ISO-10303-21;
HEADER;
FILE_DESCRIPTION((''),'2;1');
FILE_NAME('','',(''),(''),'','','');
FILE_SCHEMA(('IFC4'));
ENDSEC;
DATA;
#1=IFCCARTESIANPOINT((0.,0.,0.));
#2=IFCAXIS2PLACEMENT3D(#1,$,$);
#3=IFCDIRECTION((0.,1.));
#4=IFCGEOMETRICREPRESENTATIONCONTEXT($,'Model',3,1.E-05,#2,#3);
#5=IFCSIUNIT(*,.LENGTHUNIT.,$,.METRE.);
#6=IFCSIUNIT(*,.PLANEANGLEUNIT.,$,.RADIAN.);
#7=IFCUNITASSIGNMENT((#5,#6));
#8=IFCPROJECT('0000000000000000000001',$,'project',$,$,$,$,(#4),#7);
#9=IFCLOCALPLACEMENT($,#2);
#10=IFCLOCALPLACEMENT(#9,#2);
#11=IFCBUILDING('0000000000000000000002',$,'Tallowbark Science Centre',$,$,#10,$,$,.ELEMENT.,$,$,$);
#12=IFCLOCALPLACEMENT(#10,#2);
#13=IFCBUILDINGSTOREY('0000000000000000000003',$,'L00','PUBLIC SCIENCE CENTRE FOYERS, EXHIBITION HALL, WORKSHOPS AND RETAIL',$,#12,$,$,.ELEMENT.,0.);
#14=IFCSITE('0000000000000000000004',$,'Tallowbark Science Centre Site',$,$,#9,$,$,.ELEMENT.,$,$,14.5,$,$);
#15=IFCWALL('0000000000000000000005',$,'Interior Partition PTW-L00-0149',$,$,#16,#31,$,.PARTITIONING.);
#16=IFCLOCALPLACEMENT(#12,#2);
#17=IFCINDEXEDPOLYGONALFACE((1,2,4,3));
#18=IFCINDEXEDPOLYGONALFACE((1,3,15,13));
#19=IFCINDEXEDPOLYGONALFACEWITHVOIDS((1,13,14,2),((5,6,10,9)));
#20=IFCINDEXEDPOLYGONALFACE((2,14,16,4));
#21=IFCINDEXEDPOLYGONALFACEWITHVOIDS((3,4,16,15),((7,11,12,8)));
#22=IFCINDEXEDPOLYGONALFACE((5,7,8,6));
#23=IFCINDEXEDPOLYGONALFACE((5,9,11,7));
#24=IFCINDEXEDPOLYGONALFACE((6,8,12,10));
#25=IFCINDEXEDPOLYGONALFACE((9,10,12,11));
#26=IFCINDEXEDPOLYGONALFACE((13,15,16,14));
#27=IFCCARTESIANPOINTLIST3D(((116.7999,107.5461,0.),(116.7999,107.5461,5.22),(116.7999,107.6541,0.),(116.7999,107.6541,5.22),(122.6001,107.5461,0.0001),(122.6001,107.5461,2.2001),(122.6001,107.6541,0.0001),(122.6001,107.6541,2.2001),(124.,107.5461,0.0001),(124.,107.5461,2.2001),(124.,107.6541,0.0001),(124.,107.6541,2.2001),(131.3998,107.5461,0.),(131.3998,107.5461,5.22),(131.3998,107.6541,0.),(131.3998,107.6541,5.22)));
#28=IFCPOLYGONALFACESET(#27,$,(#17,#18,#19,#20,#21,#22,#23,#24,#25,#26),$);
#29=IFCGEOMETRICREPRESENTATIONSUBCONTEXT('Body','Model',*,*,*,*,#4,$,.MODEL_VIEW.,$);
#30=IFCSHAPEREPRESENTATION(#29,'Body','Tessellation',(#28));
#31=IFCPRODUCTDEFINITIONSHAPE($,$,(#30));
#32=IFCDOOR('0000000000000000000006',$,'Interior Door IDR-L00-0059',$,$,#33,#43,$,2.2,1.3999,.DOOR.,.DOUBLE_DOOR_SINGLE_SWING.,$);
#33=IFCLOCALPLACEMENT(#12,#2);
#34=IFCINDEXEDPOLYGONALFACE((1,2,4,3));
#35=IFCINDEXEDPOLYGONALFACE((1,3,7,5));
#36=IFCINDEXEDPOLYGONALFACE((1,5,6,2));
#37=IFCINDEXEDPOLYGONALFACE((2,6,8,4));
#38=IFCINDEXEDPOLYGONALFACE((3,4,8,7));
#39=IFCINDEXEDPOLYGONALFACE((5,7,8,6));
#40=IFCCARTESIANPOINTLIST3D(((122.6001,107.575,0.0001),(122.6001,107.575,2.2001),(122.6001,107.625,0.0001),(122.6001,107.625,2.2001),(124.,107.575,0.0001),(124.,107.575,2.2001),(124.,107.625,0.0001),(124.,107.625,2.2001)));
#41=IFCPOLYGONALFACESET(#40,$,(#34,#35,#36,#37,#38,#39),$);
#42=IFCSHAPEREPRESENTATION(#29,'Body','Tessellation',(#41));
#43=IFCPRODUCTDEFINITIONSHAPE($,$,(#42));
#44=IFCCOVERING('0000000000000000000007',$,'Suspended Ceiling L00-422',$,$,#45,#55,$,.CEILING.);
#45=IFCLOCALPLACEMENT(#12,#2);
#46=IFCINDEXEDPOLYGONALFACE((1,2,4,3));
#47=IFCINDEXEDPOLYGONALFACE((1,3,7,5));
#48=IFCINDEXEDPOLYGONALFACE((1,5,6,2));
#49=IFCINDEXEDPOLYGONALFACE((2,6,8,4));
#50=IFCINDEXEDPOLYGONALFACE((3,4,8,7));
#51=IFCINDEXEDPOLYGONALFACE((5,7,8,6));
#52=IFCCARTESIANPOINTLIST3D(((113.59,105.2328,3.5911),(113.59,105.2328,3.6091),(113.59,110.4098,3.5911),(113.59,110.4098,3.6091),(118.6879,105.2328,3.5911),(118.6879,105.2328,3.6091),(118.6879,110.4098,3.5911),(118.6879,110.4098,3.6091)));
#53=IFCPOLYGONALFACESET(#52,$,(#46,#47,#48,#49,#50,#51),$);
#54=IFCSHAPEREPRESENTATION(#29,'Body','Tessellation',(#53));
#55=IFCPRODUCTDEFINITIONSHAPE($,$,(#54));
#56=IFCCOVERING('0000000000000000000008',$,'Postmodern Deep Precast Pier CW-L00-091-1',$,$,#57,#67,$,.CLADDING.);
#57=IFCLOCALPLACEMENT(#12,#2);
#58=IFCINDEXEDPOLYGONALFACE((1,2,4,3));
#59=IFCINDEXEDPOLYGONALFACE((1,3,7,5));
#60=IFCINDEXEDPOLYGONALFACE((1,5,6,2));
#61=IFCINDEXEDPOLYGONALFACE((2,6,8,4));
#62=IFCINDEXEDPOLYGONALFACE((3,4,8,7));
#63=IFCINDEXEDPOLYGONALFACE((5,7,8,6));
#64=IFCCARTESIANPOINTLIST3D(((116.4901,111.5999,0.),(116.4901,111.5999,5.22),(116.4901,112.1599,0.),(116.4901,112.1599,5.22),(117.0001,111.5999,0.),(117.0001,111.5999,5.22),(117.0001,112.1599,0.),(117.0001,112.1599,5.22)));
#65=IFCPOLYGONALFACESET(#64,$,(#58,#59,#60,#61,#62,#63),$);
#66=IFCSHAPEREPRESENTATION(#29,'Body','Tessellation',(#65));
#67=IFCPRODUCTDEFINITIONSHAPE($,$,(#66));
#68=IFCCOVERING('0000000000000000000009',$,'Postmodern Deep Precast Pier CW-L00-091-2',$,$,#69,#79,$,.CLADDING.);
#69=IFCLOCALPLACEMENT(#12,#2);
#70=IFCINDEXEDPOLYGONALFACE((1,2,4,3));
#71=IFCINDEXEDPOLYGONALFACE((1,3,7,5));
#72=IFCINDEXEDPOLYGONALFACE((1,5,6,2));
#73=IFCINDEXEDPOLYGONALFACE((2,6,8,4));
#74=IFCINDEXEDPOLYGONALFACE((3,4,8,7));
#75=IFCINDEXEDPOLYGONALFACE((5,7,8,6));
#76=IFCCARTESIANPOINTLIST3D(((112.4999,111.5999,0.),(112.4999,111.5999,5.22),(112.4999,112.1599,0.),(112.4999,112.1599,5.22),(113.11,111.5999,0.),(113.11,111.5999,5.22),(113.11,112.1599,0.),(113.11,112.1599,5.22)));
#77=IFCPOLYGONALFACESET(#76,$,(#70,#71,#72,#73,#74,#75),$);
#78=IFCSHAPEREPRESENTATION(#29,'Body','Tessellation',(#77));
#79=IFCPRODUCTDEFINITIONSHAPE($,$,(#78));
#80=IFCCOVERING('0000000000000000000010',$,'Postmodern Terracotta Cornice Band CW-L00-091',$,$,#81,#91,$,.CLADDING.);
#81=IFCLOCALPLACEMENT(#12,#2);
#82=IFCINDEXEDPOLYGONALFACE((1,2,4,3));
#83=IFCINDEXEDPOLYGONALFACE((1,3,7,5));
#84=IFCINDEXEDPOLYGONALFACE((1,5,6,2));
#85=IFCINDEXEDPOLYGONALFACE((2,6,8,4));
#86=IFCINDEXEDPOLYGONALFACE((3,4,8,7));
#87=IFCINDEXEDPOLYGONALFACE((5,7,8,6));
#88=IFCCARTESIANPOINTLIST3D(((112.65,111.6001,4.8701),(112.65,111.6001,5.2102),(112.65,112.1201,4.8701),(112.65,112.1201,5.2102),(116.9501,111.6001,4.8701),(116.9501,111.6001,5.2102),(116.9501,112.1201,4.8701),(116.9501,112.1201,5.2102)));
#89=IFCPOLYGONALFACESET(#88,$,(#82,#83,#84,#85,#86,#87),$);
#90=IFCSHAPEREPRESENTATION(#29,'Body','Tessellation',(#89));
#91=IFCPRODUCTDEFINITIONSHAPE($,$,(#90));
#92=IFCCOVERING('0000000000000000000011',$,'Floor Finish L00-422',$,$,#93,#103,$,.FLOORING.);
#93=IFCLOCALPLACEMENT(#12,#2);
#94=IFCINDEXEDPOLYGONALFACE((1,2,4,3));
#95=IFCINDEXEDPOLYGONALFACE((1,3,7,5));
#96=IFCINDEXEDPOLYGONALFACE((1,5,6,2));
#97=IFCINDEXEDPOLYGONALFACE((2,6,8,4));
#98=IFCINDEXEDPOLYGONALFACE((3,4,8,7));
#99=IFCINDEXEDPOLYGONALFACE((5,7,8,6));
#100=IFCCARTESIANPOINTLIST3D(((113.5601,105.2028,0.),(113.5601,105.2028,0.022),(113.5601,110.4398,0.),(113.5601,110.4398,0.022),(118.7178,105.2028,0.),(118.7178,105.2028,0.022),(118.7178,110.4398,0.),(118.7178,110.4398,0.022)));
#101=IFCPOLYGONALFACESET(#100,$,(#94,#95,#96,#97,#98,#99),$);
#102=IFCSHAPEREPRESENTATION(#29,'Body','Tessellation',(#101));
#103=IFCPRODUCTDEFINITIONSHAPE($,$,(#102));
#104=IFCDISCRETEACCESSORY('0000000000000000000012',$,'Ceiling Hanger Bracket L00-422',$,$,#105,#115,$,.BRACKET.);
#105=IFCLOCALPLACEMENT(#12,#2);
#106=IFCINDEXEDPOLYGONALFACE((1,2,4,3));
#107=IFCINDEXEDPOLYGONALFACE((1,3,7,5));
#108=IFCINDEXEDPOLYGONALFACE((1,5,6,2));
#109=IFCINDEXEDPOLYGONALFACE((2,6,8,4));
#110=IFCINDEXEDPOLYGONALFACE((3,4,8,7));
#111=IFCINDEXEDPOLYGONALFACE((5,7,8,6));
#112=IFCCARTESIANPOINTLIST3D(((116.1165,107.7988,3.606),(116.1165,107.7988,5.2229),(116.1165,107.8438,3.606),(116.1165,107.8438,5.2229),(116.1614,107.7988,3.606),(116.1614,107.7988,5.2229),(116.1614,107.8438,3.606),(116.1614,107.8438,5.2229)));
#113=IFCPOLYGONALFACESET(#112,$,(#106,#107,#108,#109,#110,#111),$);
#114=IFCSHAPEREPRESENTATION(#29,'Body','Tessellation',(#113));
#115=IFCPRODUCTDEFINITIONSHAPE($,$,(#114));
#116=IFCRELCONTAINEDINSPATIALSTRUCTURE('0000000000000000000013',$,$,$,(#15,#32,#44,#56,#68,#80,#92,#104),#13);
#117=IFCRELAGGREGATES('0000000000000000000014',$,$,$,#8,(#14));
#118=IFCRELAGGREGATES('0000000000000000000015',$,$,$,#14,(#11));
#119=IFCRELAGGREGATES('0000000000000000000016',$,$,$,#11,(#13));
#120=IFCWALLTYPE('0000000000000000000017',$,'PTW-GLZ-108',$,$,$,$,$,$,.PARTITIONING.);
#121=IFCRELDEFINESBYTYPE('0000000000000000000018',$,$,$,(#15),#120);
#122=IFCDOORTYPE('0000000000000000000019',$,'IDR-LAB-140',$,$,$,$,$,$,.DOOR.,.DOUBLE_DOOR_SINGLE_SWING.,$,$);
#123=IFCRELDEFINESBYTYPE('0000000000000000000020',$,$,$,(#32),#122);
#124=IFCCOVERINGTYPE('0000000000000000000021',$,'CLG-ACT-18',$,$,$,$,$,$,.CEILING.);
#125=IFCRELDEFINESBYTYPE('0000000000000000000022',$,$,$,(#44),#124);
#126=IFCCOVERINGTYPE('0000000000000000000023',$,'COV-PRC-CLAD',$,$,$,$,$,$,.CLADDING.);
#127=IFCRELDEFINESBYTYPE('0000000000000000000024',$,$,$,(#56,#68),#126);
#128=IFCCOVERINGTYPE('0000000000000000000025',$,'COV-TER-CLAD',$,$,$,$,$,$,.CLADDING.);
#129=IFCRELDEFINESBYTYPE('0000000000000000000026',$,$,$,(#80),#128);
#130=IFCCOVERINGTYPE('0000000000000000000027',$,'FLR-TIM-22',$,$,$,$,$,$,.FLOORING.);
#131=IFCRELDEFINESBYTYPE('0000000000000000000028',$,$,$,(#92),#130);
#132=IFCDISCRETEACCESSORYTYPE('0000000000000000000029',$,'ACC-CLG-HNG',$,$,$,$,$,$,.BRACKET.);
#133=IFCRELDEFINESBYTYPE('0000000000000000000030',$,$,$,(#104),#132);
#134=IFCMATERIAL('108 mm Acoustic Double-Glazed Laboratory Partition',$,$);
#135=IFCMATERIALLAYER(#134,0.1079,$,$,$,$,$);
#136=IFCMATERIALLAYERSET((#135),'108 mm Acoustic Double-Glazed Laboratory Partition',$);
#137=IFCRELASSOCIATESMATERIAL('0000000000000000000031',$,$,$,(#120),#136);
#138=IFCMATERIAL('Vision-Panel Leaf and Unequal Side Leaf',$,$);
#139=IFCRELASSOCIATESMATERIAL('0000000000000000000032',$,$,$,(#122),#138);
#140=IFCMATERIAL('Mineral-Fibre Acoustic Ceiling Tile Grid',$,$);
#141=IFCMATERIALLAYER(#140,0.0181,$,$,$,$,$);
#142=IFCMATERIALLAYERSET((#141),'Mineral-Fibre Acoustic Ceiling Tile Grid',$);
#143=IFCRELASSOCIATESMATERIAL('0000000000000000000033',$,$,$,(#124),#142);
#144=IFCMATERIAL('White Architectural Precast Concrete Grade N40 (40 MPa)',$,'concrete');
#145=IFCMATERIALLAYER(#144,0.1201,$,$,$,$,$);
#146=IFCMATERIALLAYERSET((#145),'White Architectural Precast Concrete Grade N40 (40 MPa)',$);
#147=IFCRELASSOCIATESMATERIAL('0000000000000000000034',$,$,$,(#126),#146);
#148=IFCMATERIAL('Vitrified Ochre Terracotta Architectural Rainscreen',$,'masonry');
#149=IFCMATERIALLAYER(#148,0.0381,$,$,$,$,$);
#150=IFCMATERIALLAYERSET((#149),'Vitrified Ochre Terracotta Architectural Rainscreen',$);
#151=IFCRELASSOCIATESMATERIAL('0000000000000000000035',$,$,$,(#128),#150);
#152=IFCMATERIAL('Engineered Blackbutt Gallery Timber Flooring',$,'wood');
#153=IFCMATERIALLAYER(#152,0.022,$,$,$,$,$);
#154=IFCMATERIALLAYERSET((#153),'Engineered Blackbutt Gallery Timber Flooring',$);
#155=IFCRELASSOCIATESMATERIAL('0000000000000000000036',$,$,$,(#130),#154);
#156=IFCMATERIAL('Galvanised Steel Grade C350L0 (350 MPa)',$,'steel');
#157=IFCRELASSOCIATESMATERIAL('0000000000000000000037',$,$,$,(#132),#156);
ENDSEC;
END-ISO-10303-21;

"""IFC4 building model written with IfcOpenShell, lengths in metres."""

from ifc_helpers import new_model, si_unit, direction, frame, frame_2d, origin, origin_2d, place, context, subcontext, project, spatial, rectangle, extrude, material, layer, layer_set, type_object, element, fill, save


model = new_model("IFC4")

# Units and contexts
model_context = context("Model", 3, precision=1e-05, world=origin(), true_north=direction((0.0, 1.0)))
body_context = subcontext(model_context, "Body", "Model", "MODEL_VIEW")
ifc_project = project(units=[si_unit("LENGTHUNIT", "METRE"), si_unit("PLANEANGLEUNIT", "RADIAN")], contexts=[model_context])

# Site, building, storey
site_placement = place(None, origin())
site = spatial("IfcSite", under=ifc_project, at=site_placement, Name="Tallowbark Science Centre Site", CompositionType="ELEMENT", RefElevation=14.5)
building_placement = place(site_placement, origin())
building = spatial("IfcBuilding", under=site, at=building_placement, Name="Tallowbark Science Centre", CompositionType="ELEMENT")
storey_placement = place(building_placement, origin())
storey = spatial("IfcBuildingStorey", under=building, at=storey_placement, Name="L00", Description="PUBLIC SCIENCE CENTRE FOYERS, EXHIBITION HALL, WORKSHOPS AND RETAIL", CompositionType="ELEMENT", Elevation=0.0)

# Wall, opening, door
ifc_material_1 = material(Name="108 mm Acoustic Double-Glazed Laboratory Partition")
ifc_layer_1 = layer(ifc_material_1, 0.1079)
ifc_layer_set_1 = layer_set([ifc_layer_1], Name="108 mm Acoustic Double-Glazed Laboratory Partition")
wall_type_1 = type_object("IfcWallType", Name="PTW-GLZ-108", PredefinedType="PARTITIONING", material=ifc_layer_set_1)
wall_1_placement = place(storey_placement, frame((116.8, 107.6001, 0.0), z_axis=(0.0, 0.0, 1.0), x_axis=(1.0, 0.0, 0.0)))
wall_1 = element("IfcWall", 1, at=wall_1_placement, inside=storey, type_object=wall_type_1, Name="Interior Partition PTW-L00-0149", PredefinedType="PARTITIONING", context=body_context, shape_type="SweptSolid", body=[
    extrude(rectangle(XDim=14.5999, YDim=0.1079, at=frame_2d((7.2998, 0.0))), origin(), (0.0, 0.0, 1.0), 5.22),
])
opening_1_placement = place(wall_1_placement, frame((5.8, 0.0, 0.0)))
opening_1 = element("IfcOpeningElement", 2, at=opening_1_placement, cuts=wall_1, PredefinedType="OPENING", context=body_context, shape_type="SweptSolid", body=[
    extrude(rectangle(XDim=1.3999, YDim=2.2, at=frame_2d((0.7, 1.1001))), frame((0.0, 0.064, 0.0), z_axis=(0.0, -1.0, 0.0), x_axis=(1.0, 0.0, 0.0)), (0.0, 0.0, 1.0), 0.1279),
])
ifc_material_2 = material(Name="Vision-Panel Leaf and Unequal Side Leaf")
door_type_1 = type_object("IfcDoorType", Name="IDR-LAB-140", OperationType="DOUBLE_DOOR_SINGLE_SWING", PredefinedType="DOOR", material=ifc_material_2)
door_1_placement = place(opening_1_placement, origin())
door_1 = element("IfcDoor", 3, at=door_1_placement, inside=storey, type_object=door_type_1, Name="Interior Door IDR-L00-0059", OperationType="DOUBLE_DOOR_SINGLE_SWING", OverallHeight=2.2, OverallWidth=1.3999, PredefinedType="DOOR", context=body_context, shape_type="SweptSolid", body=[
    extrude(rectangle(XDim=1.3999, YDim=2.2, at=frame_2d((0.7, 1.1001))), frame((0.0, 0.0249, 0.0), z_axis=(0.0, -1.0, 0.0), x_axis=(1.0, 0.0, 0.0)), (0.0, 0.0, 1.0), 0.05),
])
fill(opening_1, door_1)

# Coverings
ifc_material_3 = material(Name="Mineral-Fibre Acoustic Ceiling Tile Grid")
ifc_layer_2 = layer(ifc_material_3, 0.0181)
ifc_layer_set_2 = layer_set([ifc_layer_2], Name="Mineral-Fibre Acoustic Ceiling Tile Grid")
covering_type_1 = type_object("IfcCoveringType", Name="CLG-ACT-18", PredefinedType="CEILING", material=ifc_layer_set_2)
covering_1_placement = place(storey_placement, frame((116.1389, 107.8213, 3.5911), z_axis=(0.0, 0.0, 1.0), x_axis=(1.0, 0.0, 0.0)))
element("IfcCovering", 4, at=covering_1_placement, inside=storey, type_object=covering_type_1, Name="Suspended Ceiling L00-422", PredefinedType="CEILING", context=body_context, shape_type="SweptSolid", body=[
    extrude(rectangle(XDim=5.0979, YDim=5.177, at=origin_2d()), origin(), (0.0, 0.0, 1.0), 0.0181),
])
ifc_material_4 = material(Name="White Architectural Precast Concrete Grade N40 (40 MPa)", Category="concrete")
ifc_layer_3 = layer(ifc_material_4, 0.1201)
ifc_layer_set_3 = layer_set([ifc_layer_3], Name="White Architectural Precast Concrete Grade N40 (40 MPa)")
covering_type_2 = type_object("IfcCoveringType", Name="COV-PRC-CLAD", PredefinedType="CLADDING", material=ifc_layer_set_3)
covering_2_placement = place(storey_placement, frame((116.7451, 111.8799, 0.0), z_axis=(0.0, 0.0, 1.0), x_axis=(-1.0, 0.0, 0.0)))
element("IfcCovering", 5, at=covering_2_placement, inside=storey, type_object=covering_type_2, Name="Postmodern Deep Precast Pier CW-L00-091-1", PredefinedType="CLADDING", context=body_context, shape_type="SweptSolid", body=[
    extrude(rectangle(XDim=0.51, YDim=0.5601, at=origin_2d()), origin(), (0.0, 0.0, 1.0), 5.22),
])
covering_3_placement = place(storey_placement, frame((112.8049, 111.8799, 0.0), z_axis=(0.0, 0.0, 1.0), x_axis=(-1.0, 0.0, 0.0)))
element("IfcCovering", 6, at=covering_3_placement, inside=storey, type_object=covering_type_2, Name="Postmodern Deep Precast Pier CW-L00-091-2", PredefinedType="CLADDING", context=body_context, shape_type="SweptSolid", body=[
    extrude(rectangle(XDim=0.6101, YDim=0.5601, at=origin_2d()), origin(), (0.0, 0.0, 1.0), 5.22),
])
ifc_material_5 = material(Name="Vitrified Ochre Terracotta Architectural Rainscreen", Category="masonry")
ifc_layer_4 = layer(ifc_material_5, 0.0381)
ifc_layer_set_4 = layer_set([ifc_layer_4], Name="Vitrified Ochre Terracotta Architectural Rainscreen")
covering_type_3 = type_object("IfcCoveringType", Name="COV-TER-CLAD", PredefinedType="CLADDING", material=ifc_layer_set_4)
covering_4_placement = place(storey_placement, frame((114.8, 111.8601, 4.8701), z_axis=(0.0, 0.0, 1.0), x_axis=(-1.0, 0.0, 0.0)))
element("IfcCovering", 7, at=covering_4_placement, inside=storey, type_object=covering_type_3, Name="Postmodern Terracotta Cornice Band CW-L00-091", PredefinedType="CLADDING", context=body_context, shape_type="SweptSolid", body=[
    extrude(rectangle(XDim=4.3, YDim=0.52, at=origin_2d()), origin(), (0.0, 0.0, 1.0), 0.3401),
])
ifc_material_6 = material(Name="Engineered Blackbutt Gallery Timber Flooring", Category="wood")
ifc_layer_5 = layer(ifc_material_6, 0.022)
ifc_layer_set_5 = layer_set([ifc_layer_5], Name="Engineered Blackbutt Gallery Timber Flooring")
covering_type_4 = type_object("IfcCoveringType", Name="FLR-TIM-22", PredefinedType="FLOORING", material=ifc_layer_set_5)
covering_5_placement = place(storey_placement, frame((116.1389, 107.8213, 0.0), z_axis=(0.0, 0.0, 1.0), x_axis=(1.0, 0.0, 0.0)))
element("IfcCovering", 8, at=covering_5_placement, inside=storey, type_object=covering_type_4, Name="Floor Finish L00-422", PredefinedType="FLOORING", context=body_context, shape_type="SweptSolid", body=[
    extrude(rectangle(XDim=5.1577, YDim=5.2371, at=origin_2d()), origin(), (0.0, 0.0, 1.0), 0.022),
])

# Discrete accessory
ifc_material_7 = material(Name="Galvanised Steel Grade C350L0 (350 MPa)", Category="steel")
discrete_accessory_type = type_object("IfcDiscreteAccessoryType", Name="ACC-CLG-HNG", PredefinedType="BRACKET", material=ifc_material_7)
discrete_accessory_placement = place(storey_placement, frame((116.1389, 107.8213, 3.606), z_axis=(0.0, 0.0, 1.0), x_axis=(1.0, 0.0, 0.0)))
element("IfcDiscreteAccessory", 9, at=discrete_accessory_placement, inside=storey, type_object=discrete_accessory_type, Name="Ceiling Hanger Bracket L00-422", PredefinedType="BRACKET", context=body_context, shape_type="SweptSolid", body=[
    extrude(rectangle(XDim=0.0449, YDim=0.0449, at=origin_2d()), origin(), (0.0, 0.0, 1.0), 1.6169),
])

save(model, "model.ifc")
